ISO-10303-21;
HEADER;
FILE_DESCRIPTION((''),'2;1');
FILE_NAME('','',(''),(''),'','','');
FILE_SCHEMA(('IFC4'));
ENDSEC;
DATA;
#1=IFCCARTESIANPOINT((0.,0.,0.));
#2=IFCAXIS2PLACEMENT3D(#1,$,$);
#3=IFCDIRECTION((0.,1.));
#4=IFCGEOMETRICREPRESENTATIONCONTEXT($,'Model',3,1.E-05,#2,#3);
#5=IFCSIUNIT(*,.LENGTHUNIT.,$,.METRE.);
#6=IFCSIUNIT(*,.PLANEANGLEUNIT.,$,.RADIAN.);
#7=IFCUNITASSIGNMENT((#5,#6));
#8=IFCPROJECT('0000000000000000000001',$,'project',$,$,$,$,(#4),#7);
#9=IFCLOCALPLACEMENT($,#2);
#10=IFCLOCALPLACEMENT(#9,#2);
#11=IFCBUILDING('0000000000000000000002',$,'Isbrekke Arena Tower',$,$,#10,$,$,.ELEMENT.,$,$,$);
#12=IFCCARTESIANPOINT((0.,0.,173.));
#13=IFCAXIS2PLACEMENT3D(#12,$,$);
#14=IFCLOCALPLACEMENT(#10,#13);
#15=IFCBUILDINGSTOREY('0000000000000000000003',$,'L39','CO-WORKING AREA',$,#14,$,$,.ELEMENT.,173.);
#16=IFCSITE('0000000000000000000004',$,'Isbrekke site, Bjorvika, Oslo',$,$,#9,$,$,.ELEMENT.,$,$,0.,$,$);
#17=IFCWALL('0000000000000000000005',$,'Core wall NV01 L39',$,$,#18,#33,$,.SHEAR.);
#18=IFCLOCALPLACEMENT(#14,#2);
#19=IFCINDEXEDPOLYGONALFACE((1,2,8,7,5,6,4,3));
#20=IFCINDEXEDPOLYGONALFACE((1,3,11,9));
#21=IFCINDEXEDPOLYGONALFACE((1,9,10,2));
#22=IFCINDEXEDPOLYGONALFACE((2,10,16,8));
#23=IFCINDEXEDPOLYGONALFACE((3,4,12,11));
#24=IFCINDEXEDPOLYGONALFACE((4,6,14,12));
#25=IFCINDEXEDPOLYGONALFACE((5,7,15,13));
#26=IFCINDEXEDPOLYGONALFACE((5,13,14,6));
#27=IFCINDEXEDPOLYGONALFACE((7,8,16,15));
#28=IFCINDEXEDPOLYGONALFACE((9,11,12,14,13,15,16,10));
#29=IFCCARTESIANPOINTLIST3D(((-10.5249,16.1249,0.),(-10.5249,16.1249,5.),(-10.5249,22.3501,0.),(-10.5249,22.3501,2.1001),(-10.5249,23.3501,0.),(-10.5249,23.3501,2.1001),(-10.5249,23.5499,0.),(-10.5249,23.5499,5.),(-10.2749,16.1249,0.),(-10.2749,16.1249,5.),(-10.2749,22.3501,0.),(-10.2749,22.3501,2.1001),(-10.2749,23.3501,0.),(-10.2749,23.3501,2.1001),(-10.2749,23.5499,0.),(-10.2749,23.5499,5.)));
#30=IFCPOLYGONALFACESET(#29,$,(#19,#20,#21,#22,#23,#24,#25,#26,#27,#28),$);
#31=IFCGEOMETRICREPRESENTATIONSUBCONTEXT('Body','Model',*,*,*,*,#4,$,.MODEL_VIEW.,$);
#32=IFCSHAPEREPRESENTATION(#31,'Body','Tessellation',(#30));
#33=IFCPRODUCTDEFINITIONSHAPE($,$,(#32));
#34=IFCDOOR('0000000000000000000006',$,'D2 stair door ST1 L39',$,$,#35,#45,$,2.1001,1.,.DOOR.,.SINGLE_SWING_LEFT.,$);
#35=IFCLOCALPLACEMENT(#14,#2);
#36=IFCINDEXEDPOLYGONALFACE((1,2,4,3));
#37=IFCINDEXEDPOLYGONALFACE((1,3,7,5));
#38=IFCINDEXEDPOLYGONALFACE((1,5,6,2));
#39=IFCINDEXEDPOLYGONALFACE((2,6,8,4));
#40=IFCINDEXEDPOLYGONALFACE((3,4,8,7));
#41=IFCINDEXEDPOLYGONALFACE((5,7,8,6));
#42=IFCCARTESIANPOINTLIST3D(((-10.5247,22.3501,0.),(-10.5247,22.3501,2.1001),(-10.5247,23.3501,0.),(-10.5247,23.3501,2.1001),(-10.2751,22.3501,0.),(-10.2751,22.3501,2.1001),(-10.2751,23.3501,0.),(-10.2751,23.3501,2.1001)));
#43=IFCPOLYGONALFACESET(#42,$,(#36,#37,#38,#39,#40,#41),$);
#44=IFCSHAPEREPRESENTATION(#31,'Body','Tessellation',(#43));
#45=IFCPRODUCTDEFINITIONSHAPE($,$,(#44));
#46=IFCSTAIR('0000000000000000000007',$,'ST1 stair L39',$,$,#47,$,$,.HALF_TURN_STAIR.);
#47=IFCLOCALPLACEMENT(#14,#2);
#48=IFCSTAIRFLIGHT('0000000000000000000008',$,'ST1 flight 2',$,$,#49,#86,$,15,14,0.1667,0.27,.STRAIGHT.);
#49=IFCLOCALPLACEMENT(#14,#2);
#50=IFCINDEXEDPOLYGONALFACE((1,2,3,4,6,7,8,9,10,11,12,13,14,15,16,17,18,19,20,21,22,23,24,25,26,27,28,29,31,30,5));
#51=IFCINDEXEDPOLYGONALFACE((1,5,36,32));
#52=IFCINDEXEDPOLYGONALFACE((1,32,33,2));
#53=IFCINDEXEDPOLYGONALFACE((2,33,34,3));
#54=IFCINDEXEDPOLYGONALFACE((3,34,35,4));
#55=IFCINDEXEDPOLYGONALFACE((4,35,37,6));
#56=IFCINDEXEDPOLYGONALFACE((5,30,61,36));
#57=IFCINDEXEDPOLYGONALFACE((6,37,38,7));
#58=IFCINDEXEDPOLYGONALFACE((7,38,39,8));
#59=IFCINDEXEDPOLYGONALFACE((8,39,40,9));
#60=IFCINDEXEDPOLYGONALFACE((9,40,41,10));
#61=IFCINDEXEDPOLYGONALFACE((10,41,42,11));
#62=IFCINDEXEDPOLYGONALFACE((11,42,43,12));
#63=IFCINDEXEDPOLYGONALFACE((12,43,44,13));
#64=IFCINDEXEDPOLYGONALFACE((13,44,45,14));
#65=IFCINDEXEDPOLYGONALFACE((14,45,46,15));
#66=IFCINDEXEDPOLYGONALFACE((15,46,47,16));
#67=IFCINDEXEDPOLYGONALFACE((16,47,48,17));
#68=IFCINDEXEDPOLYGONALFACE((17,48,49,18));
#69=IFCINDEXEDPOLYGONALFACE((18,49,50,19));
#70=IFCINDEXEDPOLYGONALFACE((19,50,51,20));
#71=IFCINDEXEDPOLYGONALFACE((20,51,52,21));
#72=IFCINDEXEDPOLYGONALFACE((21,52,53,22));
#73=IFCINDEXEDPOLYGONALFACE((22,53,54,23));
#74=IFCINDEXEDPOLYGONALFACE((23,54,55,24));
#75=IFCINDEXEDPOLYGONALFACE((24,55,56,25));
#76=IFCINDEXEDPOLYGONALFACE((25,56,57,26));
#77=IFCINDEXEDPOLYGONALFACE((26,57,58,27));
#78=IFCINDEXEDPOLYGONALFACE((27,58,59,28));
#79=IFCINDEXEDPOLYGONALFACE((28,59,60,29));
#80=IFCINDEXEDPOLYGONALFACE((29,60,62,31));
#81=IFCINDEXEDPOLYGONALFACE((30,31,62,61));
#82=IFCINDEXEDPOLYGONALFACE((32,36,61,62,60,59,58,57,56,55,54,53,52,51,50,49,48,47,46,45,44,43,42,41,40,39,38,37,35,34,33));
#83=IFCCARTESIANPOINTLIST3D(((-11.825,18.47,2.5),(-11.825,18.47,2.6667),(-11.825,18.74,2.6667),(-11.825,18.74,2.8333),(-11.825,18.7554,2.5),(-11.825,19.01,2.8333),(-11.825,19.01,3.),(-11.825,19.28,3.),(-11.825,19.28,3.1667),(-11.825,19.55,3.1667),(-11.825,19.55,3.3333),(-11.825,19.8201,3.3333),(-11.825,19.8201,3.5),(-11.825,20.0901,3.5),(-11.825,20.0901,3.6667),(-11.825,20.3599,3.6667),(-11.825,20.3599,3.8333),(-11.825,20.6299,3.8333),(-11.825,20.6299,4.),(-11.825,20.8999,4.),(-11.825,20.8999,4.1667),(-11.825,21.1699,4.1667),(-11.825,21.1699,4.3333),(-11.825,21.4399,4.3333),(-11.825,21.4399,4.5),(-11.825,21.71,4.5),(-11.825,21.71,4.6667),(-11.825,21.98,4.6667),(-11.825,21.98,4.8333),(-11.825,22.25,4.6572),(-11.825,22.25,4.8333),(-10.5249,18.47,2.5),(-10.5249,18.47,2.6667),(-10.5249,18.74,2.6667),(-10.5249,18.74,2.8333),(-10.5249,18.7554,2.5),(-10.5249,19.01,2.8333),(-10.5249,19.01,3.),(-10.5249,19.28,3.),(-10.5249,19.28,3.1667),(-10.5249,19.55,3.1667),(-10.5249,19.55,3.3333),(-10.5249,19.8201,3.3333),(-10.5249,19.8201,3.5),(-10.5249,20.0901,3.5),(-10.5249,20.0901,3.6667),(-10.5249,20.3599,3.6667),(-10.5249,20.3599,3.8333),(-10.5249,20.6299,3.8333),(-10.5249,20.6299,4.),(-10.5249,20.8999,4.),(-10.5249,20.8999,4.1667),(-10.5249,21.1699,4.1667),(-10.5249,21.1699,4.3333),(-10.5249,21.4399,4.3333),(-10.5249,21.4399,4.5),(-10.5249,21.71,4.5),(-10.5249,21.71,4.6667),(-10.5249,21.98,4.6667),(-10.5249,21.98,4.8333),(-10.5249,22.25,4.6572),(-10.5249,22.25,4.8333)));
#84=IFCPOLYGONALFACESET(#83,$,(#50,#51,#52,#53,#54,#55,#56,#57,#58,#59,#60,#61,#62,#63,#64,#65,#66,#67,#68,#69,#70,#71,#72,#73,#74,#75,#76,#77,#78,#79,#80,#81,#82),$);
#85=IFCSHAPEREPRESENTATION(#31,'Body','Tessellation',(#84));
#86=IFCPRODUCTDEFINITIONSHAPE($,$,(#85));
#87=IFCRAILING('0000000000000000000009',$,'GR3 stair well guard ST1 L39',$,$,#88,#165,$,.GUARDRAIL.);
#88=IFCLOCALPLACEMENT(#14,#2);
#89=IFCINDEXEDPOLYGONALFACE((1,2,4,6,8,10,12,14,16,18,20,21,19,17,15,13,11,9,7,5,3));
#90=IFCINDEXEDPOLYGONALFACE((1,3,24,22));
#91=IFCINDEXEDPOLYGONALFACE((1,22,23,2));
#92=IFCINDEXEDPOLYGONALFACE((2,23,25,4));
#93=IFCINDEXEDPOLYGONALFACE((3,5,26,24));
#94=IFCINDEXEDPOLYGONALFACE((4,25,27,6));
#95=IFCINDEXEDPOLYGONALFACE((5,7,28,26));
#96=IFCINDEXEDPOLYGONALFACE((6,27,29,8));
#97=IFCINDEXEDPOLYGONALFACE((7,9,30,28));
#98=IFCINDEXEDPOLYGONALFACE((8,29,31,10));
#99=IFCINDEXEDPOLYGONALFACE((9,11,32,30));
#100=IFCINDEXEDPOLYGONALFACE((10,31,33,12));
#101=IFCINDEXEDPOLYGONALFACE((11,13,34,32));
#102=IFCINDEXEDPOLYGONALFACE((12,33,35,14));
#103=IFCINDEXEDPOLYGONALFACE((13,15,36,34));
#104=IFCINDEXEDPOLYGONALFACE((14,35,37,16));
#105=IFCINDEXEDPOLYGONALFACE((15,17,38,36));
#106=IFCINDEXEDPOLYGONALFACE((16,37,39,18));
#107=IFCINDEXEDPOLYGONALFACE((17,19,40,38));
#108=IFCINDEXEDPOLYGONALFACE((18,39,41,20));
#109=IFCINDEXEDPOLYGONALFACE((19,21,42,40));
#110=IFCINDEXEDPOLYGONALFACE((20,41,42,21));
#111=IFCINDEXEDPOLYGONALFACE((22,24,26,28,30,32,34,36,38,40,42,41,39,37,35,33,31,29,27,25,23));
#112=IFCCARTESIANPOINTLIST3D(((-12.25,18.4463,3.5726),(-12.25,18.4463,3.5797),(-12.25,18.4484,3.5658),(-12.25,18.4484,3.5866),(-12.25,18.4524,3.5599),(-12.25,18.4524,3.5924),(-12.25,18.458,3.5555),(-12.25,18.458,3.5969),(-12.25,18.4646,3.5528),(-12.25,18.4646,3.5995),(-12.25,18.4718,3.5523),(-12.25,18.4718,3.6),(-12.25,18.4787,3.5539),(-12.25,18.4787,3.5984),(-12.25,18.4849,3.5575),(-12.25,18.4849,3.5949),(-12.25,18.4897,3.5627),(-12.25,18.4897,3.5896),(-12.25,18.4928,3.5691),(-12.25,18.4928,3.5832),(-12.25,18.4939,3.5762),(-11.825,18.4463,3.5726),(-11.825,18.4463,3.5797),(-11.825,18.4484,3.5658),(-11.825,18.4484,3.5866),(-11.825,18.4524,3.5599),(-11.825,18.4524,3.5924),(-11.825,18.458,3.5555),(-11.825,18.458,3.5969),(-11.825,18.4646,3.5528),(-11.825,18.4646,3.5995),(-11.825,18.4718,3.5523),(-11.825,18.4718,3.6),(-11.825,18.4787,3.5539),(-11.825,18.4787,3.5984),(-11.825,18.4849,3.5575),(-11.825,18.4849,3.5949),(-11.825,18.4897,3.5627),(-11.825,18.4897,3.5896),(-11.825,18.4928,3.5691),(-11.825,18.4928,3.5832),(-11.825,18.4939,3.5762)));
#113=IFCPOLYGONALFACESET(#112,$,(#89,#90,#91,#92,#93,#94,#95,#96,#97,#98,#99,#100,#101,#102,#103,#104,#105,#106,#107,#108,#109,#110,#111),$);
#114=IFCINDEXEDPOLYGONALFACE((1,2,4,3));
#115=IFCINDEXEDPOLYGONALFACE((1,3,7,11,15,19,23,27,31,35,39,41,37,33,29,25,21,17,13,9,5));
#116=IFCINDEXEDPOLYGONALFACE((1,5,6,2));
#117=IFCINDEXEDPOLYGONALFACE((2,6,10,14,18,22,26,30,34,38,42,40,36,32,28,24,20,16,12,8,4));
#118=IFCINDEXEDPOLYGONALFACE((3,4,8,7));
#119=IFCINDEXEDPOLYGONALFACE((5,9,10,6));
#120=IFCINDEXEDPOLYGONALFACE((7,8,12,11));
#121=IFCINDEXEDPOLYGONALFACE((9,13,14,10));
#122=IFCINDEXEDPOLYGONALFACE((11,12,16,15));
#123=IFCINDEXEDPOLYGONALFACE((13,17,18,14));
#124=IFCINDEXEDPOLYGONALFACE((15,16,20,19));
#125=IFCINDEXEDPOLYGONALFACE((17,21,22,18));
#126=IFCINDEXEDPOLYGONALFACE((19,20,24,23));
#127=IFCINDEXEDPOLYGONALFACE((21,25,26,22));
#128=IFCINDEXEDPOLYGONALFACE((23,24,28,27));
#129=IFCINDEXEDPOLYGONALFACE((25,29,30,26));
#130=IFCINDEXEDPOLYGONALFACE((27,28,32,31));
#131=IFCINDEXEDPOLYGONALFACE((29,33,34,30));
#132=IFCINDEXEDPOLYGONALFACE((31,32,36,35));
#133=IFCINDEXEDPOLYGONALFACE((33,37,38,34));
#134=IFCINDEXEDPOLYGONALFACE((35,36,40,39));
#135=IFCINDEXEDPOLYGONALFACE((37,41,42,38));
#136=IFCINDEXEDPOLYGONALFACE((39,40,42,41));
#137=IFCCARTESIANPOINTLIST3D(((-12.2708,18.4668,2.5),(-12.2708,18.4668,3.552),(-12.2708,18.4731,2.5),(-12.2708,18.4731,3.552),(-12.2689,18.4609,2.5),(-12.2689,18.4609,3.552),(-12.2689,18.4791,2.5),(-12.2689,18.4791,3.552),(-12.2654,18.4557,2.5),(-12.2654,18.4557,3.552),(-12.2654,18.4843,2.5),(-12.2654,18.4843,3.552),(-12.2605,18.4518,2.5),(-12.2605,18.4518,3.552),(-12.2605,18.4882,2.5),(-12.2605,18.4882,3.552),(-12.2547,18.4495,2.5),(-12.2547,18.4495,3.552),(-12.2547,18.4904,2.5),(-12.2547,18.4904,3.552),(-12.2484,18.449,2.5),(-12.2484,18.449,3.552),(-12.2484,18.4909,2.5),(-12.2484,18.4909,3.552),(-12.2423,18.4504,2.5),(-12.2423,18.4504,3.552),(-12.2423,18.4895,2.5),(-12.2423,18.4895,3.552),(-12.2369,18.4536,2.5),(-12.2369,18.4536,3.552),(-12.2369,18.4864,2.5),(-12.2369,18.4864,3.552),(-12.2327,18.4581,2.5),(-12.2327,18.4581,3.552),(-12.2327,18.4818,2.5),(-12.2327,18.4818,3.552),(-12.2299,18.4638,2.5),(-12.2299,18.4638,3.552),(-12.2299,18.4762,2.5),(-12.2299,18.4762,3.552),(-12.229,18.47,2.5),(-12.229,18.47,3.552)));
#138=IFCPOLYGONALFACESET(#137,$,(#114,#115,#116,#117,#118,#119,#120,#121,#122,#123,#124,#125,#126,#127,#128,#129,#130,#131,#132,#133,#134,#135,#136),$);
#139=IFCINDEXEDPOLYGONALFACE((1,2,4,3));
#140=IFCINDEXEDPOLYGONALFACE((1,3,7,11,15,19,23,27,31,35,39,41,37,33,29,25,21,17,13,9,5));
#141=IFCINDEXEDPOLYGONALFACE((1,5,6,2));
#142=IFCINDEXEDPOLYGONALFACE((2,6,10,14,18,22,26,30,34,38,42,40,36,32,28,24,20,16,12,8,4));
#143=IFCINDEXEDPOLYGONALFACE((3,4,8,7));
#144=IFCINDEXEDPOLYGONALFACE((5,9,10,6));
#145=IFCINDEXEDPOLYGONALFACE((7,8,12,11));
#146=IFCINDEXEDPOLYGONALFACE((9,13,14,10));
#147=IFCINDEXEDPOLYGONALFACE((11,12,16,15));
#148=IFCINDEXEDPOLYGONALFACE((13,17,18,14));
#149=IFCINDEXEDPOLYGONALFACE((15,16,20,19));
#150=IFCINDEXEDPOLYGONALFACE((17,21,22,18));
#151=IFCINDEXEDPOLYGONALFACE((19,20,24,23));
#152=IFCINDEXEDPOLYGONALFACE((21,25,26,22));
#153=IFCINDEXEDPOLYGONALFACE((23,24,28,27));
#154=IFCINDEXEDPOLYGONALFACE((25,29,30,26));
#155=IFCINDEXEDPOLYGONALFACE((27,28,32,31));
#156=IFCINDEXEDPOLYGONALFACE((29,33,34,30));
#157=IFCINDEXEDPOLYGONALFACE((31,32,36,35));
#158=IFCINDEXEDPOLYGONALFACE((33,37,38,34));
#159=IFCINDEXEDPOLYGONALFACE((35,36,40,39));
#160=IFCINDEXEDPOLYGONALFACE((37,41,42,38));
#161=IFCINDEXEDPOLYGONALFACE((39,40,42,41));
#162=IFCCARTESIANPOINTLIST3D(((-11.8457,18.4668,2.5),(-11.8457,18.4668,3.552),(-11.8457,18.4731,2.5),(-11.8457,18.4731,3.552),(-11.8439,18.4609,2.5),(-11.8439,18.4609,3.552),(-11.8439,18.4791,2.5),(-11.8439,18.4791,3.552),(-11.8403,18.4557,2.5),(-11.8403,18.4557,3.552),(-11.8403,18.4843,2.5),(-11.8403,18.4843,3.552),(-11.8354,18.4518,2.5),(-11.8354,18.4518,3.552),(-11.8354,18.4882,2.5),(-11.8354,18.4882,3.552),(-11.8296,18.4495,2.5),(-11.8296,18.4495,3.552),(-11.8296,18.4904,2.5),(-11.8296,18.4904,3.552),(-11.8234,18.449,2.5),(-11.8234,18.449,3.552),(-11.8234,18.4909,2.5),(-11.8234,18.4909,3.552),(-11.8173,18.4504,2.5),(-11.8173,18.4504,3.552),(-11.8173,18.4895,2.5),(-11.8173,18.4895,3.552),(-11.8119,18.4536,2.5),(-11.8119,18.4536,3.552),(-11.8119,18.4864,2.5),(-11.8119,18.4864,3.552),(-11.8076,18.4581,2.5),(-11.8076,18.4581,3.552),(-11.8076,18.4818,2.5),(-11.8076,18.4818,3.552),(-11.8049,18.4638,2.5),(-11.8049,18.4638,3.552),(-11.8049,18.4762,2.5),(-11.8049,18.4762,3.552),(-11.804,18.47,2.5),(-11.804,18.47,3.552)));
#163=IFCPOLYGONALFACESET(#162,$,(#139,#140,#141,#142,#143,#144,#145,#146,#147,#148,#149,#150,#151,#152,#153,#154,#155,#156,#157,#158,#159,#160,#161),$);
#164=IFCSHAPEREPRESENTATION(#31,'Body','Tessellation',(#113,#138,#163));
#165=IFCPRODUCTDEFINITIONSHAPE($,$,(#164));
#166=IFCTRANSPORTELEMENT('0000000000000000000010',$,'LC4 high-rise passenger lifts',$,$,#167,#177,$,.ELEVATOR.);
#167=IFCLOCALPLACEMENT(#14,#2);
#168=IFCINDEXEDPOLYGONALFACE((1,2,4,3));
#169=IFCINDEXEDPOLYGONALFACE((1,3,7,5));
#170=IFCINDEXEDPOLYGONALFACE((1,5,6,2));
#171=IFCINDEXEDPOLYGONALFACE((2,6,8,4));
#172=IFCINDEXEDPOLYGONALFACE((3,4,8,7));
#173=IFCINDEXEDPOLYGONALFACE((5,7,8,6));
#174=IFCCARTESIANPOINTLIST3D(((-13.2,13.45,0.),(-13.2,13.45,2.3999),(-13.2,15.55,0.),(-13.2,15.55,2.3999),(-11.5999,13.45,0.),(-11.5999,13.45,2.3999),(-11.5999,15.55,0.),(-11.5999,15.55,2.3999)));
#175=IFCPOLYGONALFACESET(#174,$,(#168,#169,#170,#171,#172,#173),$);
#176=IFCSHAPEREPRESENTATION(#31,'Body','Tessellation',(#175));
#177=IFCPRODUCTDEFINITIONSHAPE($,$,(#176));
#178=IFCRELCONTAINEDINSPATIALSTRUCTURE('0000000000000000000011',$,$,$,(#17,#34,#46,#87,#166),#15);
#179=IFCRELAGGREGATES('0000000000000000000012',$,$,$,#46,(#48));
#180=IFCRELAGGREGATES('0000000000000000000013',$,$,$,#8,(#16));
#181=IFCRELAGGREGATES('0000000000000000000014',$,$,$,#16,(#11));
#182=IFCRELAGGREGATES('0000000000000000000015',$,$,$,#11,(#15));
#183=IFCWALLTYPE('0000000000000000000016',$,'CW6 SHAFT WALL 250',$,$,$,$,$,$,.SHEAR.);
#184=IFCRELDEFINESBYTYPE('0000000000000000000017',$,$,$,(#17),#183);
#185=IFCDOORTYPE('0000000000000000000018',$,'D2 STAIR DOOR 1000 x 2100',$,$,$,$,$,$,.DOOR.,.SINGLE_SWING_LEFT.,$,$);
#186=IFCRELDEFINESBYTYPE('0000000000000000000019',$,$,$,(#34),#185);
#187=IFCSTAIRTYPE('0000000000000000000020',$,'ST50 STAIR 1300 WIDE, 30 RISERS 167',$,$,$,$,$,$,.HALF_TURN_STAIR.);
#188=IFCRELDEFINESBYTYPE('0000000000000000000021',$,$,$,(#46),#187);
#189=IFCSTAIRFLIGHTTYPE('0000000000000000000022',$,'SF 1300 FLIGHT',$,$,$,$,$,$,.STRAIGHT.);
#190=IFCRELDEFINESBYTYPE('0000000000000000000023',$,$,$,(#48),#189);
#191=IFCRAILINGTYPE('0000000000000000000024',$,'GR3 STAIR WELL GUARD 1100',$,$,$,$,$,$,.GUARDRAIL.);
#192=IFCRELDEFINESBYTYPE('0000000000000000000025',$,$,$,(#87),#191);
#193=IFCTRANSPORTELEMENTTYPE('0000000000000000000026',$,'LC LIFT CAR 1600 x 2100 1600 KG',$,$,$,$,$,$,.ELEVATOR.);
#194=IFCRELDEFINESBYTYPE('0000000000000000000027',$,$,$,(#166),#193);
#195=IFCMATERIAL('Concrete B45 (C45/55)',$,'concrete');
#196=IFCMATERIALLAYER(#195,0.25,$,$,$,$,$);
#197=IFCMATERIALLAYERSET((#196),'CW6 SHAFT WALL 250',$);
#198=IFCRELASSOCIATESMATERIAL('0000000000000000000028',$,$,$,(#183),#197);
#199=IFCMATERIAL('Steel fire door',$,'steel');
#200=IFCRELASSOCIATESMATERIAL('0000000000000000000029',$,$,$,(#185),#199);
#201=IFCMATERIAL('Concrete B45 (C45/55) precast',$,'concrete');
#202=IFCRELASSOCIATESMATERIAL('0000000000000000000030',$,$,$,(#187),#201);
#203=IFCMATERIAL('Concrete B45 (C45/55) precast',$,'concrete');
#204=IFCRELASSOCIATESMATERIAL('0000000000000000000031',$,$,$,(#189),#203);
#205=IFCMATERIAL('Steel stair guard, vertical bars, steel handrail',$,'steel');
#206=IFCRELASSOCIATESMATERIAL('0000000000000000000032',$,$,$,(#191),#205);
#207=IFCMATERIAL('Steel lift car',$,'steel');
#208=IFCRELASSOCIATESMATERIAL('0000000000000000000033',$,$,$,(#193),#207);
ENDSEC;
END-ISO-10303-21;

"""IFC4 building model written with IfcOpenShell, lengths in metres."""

from ifc_helpers import new_model, si_unit, direction, frame, frame_2d, origin, origin_2d, place, context, subcontext, project, spatial, polyline, rectangle, circle, outline, extrude, material, layer, layer_set, type_object, element, fill, aggregate, save


model = new_model("IFC4")

# Units and contexts
model_context = context("Model", 3, precision=1e-05, world=origin(), true_north=direction((0.0, 1.0)))
body_context = subcontext(model_context, "Body", "Model", "MODEL_VIEW")
ifc_project = project(units=[si_unit("LENGTHUNIT", "METRE"), si_unit("PLANEANGLEUNIT", "RADIAN")], contexts=[model_context])

# Site, building, storey
site_placement = place(None, origin())
site = spatial("IfcSite", under=ifc_project, at=site_placement, Name="Isbrekke site, Bjorvika, Oslo", CompositionType="ELEMENT", RefElevation=0.0)
building_placement = place(site_placement, origin())
building = spatial("IfcBuilding", under=site, at=building_placement, Name="Isbrekke Arena Tower", CompositionType="ELEMENT")
storey_placement = place(building_placement, frame((0.0, 0.0, 173.0)))
storey = spatial("IfcBuildingStorey", under=building, at=storey_placement, Name="L39", Description="CO-WORKING AREA", CompositionType="ELEMENT", Elevation=173.0)

# Shared definitions
ifc_material_1 = material(Name="Concrete B45 (C45/55)", Category="concrete")
ifc_layer = layer(ifc_material_1, 0.25)
ifc_layer_set = layer_set([ifc_layer], Name="CW6 SHAFT WALL 250")
wall_type = type_object("IfcWallType", Name="CW6 SHAFT WALL 250", PredefinedType="SHEAR", material=ifc_layer_set)

# Wall, opening, door
wall_1_placement = place(storey_placement, frame((-10.3999, 16.125, 0.0), z_axis=(0.0, 0.0, 1.0), x_axis=(0.0, 1.0, 0.0)))
wall_1 = element("IfcWall", 1, at=wall_1_placement, inside=storey, type_object=wall_type, Name="Core wall NV01 L39", PredefinedType="SHEAR", context=body_context, shape_type="SweptSolid", body=[
    extrude(rectangle(XDim=7.425, YDim=0.25, at=frame_2d((3.7124, 0.0))), origin(), (0.0, 0.0, 1.0), 5.0),
])
opening_1_placement = place(wall_1_placement, frame((6.2251, 0.0, 0.0)))
opening_1 = element("IfcOpeningElement", 2, at=opening_1_placement, cuts=wall_1, PredefinedType="OPENING", context=body_context, shape_type="SweptSolid", body=[
    extrude(rectangle(XDim=1.0, YDim=2.1001, at=frame_2d((0.5, 1.05))), frame((0.0, 0.1399, 0.0), z_axis=(0.0, -1.0, 0.0), x_axis=(1.0, 0.0, 0.0)), (0.0, 0.0, 1.0), 0.2798),
])
ifc_material_2 = material(Name="Steel fire door", Category="steel")
door_type_1 = type_object("IfcDoorType", Name="D2 STAIR DOOR 1000 x 2100", OperationType="SINGLE_SWING_LEFT", PredefinedType="DOOR", material=ifc_material_2)
door_1_placement = place(opening_1_placement, origin())
door_1 = element("IfcDoor", 3, at=door_1_placement, inside=storey, type_object=door_type_1, Name="D2 stair door ST1 L39", OperationType="SINGLE_SWING_LEFT", OverallHeight=2.1001, OverallWidth=1.0, PredefinedType="DOOR", context=body_context, shape_type="SweptSolid", body=[
    extrude(rectangle(XDim=1.0, YDim=2.1001, at=frame_2d((0.5, 1.05))), frame((0.0, 0.1248, 0.0), z_axis=(0.0, -1.0, 0.0), x_axis=(1.0, 0.0, 0.0)), (0.0, 0.0, 1.0), 0.2495),
])
fill(opening_1, door_1)

# Stair, stair flight
ifc_material_3 = material(Name="Concrete B45 (C45/55) precast", Category="concrete")
stair_type = type_object("IfcStairType", Name="ST50 STAIR 1300 WIDE, 30 RISERS 167", PredefinedType="HALF_TURN_STAIR", material=ifc_material_3)
stair_placement = place(storey_placement, origin())
stair = element("IfcStair", 4, at=stair_placement, inside=storey, type_object=stair_type, Name="ST1 stair L39", PredefinedType="HALF_TURN_STAIR")
ifc_material_4 = material(Name="Concrete B45 (C45/55) precast", Category="concrete")
stair_flight_type = type_object("IfcStairFlightType", Name="SF 1300 FLIGHT", PredefinedType="STRAIGHT", material=ifc_material_4)
stair_flight_placement = place(storey_placement, frame((-11.175, 18.47, 2.5), z_axis=(0.0, 0.0, 1.0), x_axis=(0.0, 1.0, 0.0)))
stair_flight = element("IfcStairFlight", 5, at=stair_flight_placement, type_object=stair_flight_type, Name="ST1 flight 2", NumberOfRisers=15, NumberOfTreads=14, PredefinedType="STRAIGHT", RiserHeight=0.1667, TreadLength=0.27, context=body_context, shape_type="SweptSolid", body=[
    extrude(outline(polyline([(0.0, 0.0), (0.0, 0.1667), (0.27, 0.1667), (0.27, 0.3333), (0.54, 0.3333), (0.54, 0.5), (0.8101, 0.5), (0.8101, 0.6667), (1.0801, 0.6667), (1.0801, 0.8333), (1.3501, 0.8333), (1.3501, 1.0), (1.6201, 1.0), (1.6201, 1.1667), (1.8899, 1.1667), (1.8899, 1.3333), (2.1599, 1.3333), (2.1599, 1.5), (2.4299, 1.5), (2.4299, 1.6667), (2.7, 1.6667), (2.7, 1.8333), (2.97, 1.8333), (2.97, 2.0), (3.24, 2.0), (3.24, 2.1667), (3.51, 2.1667), (3.51, 2.3333), (3.78, 2.3333), (3.78, 2.5), (3.78, 2.1572), (0.2854, 0.0), (0.0, 0.0)])), frame((0.0, 0.6499, 0.0), z_axis=(0.0, -1.0, 0.0), x_axis=(1.0, 0.0, 0.0)), (0.0, 0.0, 1.0), 1.3),
])
aggregate(stair, [stair_flight])

# Railing
ifc_material_5 = material(Name="Steel stair guard, vertical bars, steel handrail", Category="steel")
railing_type = type_object("IfcRailingType", Name="GR3 STAIR WELL GUARD 1100", PredefinedType="GUARDRAIL", material=ifc_material_5)
railing_placement = place(storey_placement, frame((-12.25, 18.47, 2.5)))
element("IfcRailing", 6, at=railing_placement, inside=storey, type_object=railing_type, Name="GR3 stair well guard ST1 L39", PredefinedType="GUARDRAIL", context=body_context, shape_type="SweptSolid", body=[
    extrude(circle(Radius=0.0239, at=origin_2d()), frame((0.0, 0.0, 1.0762), z_axis=(1.0, 0.0, 0.0), x_axis=(0.0, 1.0, 0.0)), (0.0, 0.0, 1.0), 0.425),
    extrude(circle(Radius=0.021, at=origin_2d()), origin(), (0.0, 0.0, 1.0), 1.052),
    extrude(circle(Radius=0.021, at=origin_2d()), frame((0.425, 0.0, 0.0)), (0.0, 0.0, 1.0), 1.052),
])

# Transport element
ifc_material_6 = material(Name="Steel lift car", Category="steel")
transport_element_type = type_object("IfcTransportElementType", Name="LC LIFT CAR 1600 x 2100 1600 KG", PredefinedType="ELEVATOR", material=ifc_material_6)
transport_element_placement = place(storey_placement, frame((-12.3999, 14.5, 0.0), z_axis=(0.0, 0.0, 1.0), x_axis=(1.0, 0.0, 0.0)))
element("IfcTransportElement", 7, at=transport_element_placement, inside=storey, type_object=transport_element_type, Name="LC4 high-rise passenger lifts", PredefinedType="ELEVATOR", context=body_context, shape_type="SweptSolid", body=[
    extrude(rectangle(XDim=1.6001, YDim=2.1001, at=origin_2d()), origin(), (0.0, 0.0, 1.0), 2.3999),
])

save(model, "model.ifc")
